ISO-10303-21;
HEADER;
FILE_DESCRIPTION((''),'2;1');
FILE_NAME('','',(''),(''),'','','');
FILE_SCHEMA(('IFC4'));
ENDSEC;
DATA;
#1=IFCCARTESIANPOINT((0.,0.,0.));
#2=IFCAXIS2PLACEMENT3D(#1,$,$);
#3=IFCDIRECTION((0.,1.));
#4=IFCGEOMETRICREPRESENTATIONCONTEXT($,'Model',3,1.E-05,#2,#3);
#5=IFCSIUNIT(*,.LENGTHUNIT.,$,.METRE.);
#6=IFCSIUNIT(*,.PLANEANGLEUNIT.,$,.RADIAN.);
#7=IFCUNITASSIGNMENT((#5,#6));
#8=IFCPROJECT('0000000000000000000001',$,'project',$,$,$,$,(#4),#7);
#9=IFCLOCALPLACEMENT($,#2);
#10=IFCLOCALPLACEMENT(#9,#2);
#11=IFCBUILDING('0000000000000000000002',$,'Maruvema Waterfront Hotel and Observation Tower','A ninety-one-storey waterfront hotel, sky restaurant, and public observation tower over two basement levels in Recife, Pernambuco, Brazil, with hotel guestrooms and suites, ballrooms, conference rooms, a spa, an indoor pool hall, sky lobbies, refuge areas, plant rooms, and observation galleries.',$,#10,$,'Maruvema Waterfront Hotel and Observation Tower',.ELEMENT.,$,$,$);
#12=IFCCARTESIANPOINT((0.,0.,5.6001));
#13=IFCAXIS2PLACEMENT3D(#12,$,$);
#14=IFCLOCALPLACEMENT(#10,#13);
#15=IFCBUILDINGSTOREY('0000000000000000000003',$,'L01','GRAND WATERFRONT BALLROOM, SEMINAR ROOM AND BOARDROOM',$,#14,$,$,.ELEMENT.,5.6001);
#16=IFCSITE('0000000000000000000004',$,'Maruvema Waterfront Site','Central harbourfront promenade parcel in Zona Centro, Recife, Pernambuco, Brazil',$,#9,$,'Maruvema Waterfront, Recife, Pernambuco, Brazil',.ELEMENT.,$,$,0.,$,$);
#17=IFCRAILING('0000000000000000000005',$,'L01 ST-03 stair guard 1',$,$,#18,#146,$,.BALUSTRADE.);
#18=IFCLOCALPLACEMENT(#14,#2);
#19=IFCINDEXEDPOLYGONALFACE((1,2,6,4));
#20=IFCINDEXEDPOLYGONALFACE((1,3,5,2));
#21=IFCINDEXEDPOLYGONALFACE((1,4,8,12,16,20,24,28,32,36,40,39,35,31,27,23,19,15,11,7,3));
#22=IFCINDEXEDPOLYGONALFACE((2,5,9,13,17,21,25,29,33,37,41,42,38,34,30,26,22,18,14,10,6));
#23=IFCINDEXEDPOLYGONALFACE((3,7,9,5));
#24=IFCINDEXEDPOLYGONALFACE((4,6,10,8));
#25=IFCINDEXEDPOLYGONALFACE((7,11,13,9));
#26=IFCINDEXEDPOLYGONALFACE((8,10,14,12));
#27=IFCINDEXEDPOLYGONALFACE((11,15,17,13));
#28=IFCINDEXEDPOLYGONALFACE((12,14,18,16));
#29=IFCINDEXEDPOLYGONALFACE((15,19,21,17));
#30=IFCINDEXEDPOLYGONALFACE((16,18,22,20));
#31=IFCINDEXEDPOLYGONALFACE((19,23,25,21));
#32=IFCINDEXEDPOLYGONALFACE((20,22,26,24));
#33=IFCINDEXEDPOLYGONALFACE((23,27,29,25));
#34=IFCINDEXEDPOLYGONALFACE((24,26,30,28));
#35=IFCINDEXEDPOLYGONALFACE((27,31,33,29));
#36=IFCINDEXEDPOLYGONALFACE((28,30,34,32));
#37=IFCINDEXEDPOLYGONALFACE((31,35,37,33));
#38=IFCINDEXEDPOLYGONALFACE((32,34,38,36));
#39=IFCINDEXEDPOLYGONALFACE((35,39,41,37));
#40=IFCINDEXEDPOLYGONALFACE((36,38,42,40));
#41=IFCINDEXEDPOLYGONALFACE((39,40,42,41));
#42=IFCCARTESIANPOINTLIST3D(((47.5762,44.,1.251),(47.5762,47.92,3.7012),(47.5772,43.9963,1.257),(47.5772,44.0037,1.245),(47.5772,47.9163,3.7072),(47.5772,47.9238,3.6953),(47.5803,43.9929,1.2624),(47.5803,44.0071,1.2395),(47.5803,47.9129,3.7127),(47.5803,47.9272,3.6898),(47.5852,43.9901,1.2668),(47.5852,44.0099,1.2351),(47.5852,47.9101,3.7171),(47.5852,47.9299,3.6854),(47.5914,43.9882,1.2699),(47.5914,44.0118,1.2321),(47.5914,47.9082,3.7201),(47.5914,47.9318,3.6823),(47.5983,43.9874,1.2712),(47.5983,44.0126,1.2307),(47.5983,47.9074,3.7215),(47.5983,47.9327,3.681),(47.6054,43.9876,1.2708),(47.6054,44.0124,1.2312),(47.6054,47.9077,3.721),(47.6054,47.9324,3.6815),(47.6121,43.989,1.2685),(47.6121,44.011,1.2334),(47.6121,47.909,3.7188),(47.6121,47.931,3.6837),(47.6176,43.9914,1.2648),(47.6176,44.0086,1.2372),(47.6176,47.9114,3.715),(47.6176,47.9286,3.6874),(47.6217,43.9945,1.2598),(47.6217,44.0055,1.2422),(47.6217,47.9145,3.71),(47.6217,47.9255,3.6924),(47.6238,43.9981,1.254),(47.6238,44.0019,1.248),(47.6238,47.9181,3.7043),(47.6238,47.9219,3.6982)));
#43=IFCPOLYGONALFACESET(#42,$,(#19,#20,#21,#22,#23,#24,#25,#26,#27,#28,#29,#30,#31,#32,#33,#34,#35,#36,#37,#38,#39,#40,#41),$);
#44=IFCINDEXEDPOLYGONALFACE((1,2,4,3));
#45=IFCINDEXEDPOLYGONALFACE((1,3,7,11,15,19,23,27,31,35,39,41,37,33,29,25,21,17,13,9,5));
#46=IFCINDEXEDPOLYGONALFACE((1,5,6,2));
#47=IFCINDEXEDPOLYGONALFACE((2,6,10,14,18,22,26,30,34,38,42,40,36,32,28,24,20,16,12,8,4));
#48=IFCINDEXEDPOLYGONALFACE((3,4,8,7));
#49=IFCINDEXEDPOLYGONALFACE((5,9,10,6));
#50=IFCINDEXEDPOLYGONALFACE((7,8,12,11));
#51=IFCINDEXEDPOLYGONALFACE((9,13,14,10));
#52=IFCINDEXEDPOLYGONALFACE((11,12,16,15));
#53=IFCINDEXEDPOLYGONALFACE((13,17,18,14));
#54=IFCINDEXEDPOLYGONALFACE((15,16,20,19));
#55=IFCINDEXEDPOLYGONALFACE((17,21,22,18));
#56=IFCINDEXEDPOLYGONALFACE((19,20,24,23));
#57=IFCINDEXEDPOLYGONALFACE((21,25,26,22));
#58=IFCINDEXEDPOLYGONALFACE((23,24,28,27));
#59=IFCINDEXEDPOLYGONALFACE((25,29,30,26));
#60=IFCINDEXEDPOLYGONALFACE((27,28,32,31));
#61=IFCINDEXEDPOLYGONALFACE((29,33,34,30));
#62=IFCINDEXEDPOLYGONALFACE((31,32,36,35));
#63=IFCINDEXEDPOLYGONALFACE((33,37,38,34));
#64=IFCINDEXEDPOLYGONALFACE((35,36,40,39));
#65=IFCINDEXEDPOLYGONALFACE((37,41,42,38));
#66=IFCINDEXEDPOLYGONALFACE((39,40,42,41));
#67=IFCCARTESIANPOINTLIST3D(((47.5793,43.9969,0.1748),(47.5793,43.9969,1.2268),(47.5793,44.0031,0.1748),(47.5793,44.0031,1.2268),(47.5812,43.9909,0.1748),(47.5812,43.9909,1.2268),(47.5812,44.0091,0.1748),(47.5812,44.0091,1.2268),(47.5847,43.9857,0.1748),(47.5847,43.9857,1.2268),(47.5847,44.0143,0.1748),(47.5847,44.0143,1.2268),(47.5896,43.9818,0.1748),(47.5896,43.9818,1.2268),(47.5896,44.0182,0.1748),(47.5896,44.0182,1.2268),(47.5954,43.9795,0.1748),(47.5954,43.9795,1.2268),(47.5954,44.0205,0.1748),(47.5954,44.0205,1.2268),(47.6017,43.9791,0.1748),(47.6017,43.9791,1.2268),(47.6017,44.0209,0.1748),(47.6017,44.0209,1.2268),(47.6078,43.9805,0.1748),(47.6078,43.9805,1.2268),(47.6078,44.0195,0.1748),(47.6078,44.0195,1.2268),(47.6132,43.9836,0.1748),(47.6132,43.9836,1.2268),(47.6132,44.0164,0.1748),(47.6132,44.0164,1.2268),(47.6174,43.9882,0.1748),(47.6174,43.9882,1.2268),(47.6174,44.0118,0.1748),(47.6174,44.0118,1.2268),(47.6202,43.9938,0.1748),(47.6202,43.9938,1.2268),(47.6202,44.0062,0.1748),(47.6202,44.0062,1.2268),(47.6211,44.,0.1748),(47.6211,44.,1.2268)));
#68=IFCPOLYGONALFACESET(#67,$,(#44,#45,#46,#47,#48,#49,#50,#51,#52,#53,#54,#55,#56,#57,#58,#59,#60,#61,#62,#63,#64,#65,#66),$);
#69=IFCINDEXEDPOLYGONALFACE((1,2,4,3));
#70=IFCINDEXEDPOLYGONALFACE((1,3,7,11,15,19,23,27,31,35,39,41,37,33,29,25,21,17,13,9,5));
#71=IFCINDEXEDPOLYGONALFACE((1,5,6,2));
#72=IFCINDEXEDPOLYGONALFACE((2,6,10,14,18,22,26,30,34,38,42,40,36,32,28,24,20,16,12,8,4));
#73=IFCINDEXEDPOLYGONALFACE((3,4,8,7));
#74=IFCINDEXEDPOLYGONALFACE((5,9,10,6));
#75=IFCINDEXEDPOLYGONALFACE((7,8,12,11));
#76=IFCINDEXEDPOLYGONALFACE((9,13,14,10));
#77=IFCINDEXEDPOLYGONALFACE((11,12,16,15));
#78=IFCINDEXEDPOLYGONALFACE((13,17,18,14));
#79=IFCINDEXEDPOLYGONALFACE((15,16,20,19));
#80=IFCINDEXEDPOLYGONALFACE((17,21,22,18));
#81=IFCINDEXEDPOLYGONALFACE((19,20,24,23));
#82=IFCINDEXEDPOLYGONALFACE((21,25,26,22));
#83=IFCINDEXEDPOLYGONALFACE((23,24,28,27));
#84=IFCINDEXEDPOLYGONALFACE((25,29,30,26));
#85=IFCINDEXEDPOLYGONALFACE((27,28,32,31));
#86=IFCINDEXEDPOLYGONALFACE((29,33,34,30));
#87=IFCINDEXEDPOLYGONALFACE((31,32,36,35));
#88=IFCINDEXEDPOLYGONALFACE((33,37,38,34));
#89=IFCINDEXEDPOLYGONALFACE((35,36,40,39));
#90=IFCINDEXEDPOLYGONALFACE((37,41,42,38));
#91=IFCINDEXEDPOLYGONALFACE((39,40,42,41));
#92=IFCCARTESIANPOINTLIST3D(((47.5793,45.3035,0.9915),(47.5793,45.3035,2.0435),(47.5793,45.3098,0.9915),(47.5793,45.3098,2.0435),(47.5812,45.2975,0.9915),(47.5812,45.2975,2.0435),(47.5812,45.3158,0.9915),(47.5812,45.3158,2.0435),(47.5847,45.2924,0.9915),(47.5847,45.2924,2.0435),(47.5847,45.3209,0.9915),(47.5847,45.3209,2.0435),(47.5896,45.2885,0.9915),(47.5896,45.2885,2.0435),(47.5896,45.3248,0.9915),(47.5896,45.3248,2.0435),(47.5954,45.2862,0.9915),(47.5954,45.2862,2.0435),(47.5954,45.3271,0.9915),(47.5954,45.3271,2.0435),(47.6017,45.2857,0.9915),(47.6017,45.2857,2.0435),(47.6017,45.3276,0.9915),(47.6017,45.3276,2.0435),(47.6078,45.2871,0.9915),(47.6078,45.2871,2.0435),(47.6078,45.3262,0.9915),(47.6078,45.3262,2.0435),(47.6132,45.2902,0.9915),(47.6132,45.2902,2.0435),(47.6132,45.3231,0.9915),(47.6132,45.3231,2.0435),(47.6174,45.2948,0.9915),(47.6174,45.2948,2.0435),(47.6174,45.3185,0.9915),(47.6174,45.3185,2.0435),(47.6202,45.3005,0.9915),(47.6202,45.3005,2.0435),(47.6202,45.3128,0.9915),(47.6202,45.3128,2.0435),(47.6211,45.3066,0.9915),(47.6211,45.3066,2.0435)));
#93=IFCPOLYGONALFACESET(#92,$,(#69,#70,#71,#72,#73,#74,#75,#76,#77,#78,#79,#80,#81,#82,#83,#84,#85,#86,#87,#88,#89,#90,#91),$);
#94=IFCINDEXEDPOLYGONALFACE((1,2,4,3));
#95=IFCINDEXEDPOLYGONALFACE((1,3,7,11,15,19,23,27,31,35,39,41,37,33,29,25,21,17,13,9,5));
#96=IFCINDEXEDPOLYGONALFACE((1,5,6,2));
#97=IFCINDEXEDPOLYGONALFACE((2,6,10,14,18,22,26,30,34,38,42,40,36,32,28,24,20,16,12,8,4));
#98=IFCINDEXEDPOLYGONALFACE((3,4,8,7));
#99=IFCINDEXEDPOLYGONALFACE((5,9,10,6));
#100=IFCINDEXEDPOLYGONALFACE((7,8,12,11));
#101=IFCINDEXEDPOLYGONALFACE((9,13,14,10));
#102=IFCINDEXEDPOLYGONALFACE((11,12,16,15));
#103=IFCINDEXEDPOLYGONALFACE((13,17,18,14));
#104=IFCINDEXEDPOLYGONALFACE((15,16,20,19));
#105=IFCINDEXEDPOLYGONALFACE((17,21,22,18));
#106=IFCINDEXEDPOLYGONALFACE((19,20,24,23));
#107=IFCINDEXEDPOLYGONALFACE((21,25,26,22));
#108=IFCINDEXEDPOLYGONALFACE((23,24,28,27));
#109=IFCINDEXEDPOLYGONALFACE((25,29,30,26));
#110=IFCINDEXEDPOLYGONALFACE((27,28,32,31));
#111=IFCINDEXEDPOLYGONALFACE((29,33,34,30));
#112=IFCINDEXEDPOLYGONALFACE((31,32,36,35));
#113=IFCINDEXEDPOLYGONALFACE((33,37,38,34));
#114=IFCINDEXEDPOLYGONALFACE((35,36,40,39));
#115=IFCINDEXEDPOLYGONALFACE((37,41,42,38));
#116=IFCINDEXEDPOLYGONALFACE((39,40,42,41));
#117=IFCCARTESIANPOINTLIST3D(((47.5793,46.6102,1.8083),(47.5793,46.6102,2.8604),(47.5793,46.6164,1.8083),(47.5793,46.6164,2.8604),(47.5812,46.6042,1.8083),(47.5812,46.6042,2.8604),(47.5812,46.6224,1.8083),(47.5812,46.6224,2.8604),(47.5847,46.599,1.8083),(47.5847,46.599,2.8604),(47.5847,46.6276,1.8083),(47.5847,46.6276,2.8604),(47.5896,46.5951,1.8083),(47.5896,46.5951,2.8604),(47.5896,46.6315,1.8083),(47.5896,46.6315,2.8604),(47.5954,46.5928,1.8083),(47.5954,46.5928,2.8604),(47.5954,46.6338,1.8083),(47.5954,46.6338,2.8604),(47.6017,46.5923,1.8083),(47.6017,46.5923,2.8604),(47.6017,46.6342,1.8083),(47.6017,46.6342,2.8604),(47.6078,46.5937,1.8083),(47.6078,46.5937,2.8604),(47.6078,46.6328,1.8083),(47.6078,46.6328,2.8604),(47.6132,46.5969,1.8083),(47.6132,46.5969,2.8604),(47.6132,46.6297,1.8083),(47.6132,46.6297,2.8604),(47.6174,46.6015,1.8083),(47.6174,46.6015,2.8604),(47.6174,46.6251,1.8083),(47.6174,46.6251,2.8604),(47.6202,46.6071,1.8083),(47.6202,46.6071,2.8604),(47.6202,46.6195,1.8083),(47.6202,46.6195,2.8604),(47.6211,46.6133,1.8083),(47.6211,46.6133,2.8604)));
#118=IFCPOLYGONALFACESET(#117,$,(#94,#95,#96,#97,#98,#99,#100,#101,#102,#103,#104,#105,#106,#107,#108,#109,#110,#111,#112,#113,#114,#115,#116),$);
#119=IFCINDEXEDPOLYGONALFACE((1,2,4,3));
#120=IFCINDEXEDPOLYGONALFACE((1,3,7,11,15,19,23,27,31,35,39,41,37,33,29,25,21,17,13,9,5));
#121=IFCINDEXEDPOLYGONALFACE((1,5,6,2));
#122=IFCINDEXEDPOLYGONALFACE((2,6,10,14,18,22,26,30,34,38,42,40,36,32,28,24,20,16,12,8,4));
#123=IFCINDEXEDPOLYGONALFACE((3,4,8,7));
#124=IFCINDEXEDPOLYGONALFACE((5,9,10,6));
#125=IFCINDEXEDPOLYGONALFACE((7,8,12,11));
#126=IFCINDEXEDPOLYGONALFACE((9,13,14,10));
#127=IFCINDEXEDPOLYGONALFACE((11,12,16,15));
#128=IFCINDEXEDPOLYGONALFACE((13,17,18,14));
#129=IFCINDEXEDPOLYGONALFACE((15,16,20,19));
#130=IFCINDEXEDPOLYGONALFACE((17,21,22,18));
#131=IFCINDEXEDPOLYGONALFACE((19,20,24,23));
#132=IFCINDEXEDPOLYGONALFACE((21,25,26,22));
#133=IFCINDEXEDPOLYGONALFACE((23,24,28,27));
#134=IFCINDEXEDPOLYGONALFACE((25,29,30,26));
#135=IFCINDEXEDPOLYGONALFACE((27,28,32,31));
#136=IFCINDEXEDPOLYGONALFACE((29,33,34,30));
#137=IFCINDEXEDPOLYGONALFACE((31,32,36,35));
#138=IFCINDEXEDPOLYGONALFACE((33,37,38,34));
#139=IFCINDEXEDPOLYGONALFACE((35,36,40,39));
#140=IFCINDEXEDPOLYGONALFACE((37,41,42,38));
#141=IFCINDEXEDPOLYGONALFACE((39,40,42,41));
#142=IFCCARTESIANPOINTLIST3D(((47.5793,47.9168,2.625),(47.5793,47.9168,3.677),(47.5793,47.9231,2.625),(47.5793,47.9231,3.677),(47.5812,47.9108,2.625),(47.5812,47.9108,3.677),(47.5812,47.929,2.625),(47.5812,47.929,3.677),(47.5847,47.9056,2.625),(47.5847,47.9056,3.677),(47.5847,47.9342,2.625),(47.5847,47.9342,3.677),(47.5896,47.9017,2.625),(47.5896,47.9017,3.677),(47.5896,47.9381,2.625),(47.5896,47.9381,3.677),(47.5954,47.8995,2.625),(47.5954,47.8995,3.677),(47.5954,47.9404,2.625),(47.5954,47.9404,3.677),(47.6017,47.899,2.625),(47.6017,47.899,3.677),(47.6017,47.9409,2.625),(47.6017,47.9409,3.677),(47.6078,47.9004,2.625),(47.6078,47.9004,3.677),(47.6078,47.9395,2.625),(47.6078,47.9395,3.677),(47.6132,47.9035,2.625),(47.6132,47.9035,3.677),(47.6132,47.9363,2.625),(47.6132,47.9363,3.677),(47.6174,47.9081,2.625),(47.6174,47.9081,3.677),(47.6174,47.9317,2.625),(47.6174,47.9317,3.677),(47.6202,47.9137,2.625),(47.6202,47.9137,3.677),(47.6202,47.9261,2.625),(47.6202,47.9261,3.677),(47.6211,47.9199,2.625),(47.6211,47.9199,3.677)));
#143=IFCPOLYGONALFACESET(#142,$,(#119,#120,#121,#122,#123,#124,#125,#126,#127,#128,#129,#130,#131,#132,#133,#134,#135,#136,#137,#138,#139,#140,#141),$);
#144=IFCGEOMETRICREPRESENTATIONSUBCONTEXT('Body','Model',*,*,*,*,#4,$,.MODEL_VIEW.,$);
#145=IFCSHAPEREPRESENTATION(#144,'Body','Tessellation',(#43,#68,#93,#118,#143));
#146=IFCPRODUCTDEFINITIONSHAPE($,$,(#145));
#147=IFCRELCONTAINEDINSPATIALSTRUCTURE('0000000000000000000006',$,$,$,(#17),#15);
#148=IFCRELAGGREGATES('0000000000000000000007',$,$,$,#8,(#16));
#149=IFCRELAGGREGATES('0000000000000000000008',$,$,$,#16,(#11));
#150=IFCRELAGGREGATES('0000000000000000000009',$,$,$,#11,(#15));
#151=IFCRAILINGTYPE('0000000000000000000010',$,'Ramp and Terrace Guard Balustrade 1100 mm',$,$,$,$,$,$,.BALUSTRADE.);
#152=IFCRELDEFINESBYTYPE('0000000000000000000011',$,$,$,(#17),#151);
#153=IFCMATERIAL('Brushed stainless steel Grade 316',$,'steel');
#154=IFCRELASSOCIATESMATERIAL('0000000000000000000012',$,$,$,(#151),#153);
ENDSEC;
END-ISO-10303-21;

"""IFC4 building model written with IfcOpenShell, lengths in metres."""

from ifc_helpers import new_model, si_unit, direction, frame, origin, origin_2d, place, context, subcontext, project, spatial, circle, extrude, material, type_object, element, save


model = new_model("IFC4")

# Units and contexts
model_context = context("Model", 3, precision=1e-05, world=origin(), true_north=direction((0.0, 1.0)))
body_context = subcontext(model_context, "Body", "Model", "MODEL_VIEW")
ifc_project = project(units=[si_unit("LENGTHUNIT", "METRE"), si_unit("PLANEANGLEUNIT", "RADIAN")], contexts=[model_context])

# Site, building, storey
site_placement = place(None, origin())
site = spatial("IfcSite", under=ifc_project, at=site_placement, Name="Maruvema Waterfront Site", Description="Central harbourfront promenade parcel in Zona Centro, Recife, Pernambuco, Brazil", LongName="Maruvema Waterfront, Recife, Pernambuco, Brazil", CompositionType="ELEMENT", RefElevation=0.0)
building_placement = place(site_placement, origin())
building = spatial("IfcBuilding", under=site, at=building_placement, Name="Maruvema Waterfront Hotel and Observation Tower", Description="A ninety-one-storey waterfront hotel, sky restaurant, and public observation tower over two basement levels in Recife, Pernambuco, Brazil, with hotel guestrooms and suites, ballrooms, conference rooms, a spa, an indoor pool hall, sky lobbies, refuge areas, plant rooms, and observation galleries.", LongName="Maruvema Waterfront Hotel and Observation Tower", CompositionType="ELEMENT")
storey_placement = place(building_placement, frame((0.0, 0.0, 5.6001)))
storey = spatial("IfcBuildingStorey", under=building, at=storey_placement, Name="L01", Description="GRAND WATERFRONT BALLROOM, SEMINAR ROOM AND BOARDROOM", CompositionType="ELEMENT", Elevation=5.6001)

# Railing
ifc_material_1 = material(Name="Brushed stainless steel Grade 316", Category="steel")
railing_type_1 = type_object("IfcRailingType", Name="Ramp and Terrace Guard Balustrade 1100 mm", PredefinedType="BALUSTRADE", material=ifc_material_1)
railing_1_placement = place(storey_placement, frame((47.6001, 44.0, 0.1748)))
element("IfcRailing", 1, at=railing_1_placement, inside=storey, type_object=railing_type_1, Name="L01 ST-03 stair guard 1", PredefinedType="BALUSTRADE", context=body_context, shape_type="SweptSolid", body=[
    extrude(circle(Radius=0.0239, at=origin_2d()), frame((0.0, 0.0, 1.0762), z_axis=(0.0, 0.847975, 0.530037), x_axis=(-1.0, 0.0, 0.0)), (0.0, 0.0, 1.0), 4.6228),
    extrude(circle(Radius=0.021, at=origin_2d()), origin(), (0.0, 0.0, 1.0), 1.052),
    extrude(circle(Radius=0.021, at=origin_2d()), frame((0.0, 1.3066, 0.8167)), (0.0, 0.0, 1.0), 1.052),
    extrude(circle(Radius=0.021, at=origin_2d()), frame((0.0, 2.6133, 1.6335)), (0.0, 0.0, 1.0), 1.052),
    extrude(circle(Radius=0.021, at=origin_2d()), frame((0.0, 3.9199, 2.4502)), (0.0, 0.0, 1.0), 1.052),
])

save(model, "model.ifc")
